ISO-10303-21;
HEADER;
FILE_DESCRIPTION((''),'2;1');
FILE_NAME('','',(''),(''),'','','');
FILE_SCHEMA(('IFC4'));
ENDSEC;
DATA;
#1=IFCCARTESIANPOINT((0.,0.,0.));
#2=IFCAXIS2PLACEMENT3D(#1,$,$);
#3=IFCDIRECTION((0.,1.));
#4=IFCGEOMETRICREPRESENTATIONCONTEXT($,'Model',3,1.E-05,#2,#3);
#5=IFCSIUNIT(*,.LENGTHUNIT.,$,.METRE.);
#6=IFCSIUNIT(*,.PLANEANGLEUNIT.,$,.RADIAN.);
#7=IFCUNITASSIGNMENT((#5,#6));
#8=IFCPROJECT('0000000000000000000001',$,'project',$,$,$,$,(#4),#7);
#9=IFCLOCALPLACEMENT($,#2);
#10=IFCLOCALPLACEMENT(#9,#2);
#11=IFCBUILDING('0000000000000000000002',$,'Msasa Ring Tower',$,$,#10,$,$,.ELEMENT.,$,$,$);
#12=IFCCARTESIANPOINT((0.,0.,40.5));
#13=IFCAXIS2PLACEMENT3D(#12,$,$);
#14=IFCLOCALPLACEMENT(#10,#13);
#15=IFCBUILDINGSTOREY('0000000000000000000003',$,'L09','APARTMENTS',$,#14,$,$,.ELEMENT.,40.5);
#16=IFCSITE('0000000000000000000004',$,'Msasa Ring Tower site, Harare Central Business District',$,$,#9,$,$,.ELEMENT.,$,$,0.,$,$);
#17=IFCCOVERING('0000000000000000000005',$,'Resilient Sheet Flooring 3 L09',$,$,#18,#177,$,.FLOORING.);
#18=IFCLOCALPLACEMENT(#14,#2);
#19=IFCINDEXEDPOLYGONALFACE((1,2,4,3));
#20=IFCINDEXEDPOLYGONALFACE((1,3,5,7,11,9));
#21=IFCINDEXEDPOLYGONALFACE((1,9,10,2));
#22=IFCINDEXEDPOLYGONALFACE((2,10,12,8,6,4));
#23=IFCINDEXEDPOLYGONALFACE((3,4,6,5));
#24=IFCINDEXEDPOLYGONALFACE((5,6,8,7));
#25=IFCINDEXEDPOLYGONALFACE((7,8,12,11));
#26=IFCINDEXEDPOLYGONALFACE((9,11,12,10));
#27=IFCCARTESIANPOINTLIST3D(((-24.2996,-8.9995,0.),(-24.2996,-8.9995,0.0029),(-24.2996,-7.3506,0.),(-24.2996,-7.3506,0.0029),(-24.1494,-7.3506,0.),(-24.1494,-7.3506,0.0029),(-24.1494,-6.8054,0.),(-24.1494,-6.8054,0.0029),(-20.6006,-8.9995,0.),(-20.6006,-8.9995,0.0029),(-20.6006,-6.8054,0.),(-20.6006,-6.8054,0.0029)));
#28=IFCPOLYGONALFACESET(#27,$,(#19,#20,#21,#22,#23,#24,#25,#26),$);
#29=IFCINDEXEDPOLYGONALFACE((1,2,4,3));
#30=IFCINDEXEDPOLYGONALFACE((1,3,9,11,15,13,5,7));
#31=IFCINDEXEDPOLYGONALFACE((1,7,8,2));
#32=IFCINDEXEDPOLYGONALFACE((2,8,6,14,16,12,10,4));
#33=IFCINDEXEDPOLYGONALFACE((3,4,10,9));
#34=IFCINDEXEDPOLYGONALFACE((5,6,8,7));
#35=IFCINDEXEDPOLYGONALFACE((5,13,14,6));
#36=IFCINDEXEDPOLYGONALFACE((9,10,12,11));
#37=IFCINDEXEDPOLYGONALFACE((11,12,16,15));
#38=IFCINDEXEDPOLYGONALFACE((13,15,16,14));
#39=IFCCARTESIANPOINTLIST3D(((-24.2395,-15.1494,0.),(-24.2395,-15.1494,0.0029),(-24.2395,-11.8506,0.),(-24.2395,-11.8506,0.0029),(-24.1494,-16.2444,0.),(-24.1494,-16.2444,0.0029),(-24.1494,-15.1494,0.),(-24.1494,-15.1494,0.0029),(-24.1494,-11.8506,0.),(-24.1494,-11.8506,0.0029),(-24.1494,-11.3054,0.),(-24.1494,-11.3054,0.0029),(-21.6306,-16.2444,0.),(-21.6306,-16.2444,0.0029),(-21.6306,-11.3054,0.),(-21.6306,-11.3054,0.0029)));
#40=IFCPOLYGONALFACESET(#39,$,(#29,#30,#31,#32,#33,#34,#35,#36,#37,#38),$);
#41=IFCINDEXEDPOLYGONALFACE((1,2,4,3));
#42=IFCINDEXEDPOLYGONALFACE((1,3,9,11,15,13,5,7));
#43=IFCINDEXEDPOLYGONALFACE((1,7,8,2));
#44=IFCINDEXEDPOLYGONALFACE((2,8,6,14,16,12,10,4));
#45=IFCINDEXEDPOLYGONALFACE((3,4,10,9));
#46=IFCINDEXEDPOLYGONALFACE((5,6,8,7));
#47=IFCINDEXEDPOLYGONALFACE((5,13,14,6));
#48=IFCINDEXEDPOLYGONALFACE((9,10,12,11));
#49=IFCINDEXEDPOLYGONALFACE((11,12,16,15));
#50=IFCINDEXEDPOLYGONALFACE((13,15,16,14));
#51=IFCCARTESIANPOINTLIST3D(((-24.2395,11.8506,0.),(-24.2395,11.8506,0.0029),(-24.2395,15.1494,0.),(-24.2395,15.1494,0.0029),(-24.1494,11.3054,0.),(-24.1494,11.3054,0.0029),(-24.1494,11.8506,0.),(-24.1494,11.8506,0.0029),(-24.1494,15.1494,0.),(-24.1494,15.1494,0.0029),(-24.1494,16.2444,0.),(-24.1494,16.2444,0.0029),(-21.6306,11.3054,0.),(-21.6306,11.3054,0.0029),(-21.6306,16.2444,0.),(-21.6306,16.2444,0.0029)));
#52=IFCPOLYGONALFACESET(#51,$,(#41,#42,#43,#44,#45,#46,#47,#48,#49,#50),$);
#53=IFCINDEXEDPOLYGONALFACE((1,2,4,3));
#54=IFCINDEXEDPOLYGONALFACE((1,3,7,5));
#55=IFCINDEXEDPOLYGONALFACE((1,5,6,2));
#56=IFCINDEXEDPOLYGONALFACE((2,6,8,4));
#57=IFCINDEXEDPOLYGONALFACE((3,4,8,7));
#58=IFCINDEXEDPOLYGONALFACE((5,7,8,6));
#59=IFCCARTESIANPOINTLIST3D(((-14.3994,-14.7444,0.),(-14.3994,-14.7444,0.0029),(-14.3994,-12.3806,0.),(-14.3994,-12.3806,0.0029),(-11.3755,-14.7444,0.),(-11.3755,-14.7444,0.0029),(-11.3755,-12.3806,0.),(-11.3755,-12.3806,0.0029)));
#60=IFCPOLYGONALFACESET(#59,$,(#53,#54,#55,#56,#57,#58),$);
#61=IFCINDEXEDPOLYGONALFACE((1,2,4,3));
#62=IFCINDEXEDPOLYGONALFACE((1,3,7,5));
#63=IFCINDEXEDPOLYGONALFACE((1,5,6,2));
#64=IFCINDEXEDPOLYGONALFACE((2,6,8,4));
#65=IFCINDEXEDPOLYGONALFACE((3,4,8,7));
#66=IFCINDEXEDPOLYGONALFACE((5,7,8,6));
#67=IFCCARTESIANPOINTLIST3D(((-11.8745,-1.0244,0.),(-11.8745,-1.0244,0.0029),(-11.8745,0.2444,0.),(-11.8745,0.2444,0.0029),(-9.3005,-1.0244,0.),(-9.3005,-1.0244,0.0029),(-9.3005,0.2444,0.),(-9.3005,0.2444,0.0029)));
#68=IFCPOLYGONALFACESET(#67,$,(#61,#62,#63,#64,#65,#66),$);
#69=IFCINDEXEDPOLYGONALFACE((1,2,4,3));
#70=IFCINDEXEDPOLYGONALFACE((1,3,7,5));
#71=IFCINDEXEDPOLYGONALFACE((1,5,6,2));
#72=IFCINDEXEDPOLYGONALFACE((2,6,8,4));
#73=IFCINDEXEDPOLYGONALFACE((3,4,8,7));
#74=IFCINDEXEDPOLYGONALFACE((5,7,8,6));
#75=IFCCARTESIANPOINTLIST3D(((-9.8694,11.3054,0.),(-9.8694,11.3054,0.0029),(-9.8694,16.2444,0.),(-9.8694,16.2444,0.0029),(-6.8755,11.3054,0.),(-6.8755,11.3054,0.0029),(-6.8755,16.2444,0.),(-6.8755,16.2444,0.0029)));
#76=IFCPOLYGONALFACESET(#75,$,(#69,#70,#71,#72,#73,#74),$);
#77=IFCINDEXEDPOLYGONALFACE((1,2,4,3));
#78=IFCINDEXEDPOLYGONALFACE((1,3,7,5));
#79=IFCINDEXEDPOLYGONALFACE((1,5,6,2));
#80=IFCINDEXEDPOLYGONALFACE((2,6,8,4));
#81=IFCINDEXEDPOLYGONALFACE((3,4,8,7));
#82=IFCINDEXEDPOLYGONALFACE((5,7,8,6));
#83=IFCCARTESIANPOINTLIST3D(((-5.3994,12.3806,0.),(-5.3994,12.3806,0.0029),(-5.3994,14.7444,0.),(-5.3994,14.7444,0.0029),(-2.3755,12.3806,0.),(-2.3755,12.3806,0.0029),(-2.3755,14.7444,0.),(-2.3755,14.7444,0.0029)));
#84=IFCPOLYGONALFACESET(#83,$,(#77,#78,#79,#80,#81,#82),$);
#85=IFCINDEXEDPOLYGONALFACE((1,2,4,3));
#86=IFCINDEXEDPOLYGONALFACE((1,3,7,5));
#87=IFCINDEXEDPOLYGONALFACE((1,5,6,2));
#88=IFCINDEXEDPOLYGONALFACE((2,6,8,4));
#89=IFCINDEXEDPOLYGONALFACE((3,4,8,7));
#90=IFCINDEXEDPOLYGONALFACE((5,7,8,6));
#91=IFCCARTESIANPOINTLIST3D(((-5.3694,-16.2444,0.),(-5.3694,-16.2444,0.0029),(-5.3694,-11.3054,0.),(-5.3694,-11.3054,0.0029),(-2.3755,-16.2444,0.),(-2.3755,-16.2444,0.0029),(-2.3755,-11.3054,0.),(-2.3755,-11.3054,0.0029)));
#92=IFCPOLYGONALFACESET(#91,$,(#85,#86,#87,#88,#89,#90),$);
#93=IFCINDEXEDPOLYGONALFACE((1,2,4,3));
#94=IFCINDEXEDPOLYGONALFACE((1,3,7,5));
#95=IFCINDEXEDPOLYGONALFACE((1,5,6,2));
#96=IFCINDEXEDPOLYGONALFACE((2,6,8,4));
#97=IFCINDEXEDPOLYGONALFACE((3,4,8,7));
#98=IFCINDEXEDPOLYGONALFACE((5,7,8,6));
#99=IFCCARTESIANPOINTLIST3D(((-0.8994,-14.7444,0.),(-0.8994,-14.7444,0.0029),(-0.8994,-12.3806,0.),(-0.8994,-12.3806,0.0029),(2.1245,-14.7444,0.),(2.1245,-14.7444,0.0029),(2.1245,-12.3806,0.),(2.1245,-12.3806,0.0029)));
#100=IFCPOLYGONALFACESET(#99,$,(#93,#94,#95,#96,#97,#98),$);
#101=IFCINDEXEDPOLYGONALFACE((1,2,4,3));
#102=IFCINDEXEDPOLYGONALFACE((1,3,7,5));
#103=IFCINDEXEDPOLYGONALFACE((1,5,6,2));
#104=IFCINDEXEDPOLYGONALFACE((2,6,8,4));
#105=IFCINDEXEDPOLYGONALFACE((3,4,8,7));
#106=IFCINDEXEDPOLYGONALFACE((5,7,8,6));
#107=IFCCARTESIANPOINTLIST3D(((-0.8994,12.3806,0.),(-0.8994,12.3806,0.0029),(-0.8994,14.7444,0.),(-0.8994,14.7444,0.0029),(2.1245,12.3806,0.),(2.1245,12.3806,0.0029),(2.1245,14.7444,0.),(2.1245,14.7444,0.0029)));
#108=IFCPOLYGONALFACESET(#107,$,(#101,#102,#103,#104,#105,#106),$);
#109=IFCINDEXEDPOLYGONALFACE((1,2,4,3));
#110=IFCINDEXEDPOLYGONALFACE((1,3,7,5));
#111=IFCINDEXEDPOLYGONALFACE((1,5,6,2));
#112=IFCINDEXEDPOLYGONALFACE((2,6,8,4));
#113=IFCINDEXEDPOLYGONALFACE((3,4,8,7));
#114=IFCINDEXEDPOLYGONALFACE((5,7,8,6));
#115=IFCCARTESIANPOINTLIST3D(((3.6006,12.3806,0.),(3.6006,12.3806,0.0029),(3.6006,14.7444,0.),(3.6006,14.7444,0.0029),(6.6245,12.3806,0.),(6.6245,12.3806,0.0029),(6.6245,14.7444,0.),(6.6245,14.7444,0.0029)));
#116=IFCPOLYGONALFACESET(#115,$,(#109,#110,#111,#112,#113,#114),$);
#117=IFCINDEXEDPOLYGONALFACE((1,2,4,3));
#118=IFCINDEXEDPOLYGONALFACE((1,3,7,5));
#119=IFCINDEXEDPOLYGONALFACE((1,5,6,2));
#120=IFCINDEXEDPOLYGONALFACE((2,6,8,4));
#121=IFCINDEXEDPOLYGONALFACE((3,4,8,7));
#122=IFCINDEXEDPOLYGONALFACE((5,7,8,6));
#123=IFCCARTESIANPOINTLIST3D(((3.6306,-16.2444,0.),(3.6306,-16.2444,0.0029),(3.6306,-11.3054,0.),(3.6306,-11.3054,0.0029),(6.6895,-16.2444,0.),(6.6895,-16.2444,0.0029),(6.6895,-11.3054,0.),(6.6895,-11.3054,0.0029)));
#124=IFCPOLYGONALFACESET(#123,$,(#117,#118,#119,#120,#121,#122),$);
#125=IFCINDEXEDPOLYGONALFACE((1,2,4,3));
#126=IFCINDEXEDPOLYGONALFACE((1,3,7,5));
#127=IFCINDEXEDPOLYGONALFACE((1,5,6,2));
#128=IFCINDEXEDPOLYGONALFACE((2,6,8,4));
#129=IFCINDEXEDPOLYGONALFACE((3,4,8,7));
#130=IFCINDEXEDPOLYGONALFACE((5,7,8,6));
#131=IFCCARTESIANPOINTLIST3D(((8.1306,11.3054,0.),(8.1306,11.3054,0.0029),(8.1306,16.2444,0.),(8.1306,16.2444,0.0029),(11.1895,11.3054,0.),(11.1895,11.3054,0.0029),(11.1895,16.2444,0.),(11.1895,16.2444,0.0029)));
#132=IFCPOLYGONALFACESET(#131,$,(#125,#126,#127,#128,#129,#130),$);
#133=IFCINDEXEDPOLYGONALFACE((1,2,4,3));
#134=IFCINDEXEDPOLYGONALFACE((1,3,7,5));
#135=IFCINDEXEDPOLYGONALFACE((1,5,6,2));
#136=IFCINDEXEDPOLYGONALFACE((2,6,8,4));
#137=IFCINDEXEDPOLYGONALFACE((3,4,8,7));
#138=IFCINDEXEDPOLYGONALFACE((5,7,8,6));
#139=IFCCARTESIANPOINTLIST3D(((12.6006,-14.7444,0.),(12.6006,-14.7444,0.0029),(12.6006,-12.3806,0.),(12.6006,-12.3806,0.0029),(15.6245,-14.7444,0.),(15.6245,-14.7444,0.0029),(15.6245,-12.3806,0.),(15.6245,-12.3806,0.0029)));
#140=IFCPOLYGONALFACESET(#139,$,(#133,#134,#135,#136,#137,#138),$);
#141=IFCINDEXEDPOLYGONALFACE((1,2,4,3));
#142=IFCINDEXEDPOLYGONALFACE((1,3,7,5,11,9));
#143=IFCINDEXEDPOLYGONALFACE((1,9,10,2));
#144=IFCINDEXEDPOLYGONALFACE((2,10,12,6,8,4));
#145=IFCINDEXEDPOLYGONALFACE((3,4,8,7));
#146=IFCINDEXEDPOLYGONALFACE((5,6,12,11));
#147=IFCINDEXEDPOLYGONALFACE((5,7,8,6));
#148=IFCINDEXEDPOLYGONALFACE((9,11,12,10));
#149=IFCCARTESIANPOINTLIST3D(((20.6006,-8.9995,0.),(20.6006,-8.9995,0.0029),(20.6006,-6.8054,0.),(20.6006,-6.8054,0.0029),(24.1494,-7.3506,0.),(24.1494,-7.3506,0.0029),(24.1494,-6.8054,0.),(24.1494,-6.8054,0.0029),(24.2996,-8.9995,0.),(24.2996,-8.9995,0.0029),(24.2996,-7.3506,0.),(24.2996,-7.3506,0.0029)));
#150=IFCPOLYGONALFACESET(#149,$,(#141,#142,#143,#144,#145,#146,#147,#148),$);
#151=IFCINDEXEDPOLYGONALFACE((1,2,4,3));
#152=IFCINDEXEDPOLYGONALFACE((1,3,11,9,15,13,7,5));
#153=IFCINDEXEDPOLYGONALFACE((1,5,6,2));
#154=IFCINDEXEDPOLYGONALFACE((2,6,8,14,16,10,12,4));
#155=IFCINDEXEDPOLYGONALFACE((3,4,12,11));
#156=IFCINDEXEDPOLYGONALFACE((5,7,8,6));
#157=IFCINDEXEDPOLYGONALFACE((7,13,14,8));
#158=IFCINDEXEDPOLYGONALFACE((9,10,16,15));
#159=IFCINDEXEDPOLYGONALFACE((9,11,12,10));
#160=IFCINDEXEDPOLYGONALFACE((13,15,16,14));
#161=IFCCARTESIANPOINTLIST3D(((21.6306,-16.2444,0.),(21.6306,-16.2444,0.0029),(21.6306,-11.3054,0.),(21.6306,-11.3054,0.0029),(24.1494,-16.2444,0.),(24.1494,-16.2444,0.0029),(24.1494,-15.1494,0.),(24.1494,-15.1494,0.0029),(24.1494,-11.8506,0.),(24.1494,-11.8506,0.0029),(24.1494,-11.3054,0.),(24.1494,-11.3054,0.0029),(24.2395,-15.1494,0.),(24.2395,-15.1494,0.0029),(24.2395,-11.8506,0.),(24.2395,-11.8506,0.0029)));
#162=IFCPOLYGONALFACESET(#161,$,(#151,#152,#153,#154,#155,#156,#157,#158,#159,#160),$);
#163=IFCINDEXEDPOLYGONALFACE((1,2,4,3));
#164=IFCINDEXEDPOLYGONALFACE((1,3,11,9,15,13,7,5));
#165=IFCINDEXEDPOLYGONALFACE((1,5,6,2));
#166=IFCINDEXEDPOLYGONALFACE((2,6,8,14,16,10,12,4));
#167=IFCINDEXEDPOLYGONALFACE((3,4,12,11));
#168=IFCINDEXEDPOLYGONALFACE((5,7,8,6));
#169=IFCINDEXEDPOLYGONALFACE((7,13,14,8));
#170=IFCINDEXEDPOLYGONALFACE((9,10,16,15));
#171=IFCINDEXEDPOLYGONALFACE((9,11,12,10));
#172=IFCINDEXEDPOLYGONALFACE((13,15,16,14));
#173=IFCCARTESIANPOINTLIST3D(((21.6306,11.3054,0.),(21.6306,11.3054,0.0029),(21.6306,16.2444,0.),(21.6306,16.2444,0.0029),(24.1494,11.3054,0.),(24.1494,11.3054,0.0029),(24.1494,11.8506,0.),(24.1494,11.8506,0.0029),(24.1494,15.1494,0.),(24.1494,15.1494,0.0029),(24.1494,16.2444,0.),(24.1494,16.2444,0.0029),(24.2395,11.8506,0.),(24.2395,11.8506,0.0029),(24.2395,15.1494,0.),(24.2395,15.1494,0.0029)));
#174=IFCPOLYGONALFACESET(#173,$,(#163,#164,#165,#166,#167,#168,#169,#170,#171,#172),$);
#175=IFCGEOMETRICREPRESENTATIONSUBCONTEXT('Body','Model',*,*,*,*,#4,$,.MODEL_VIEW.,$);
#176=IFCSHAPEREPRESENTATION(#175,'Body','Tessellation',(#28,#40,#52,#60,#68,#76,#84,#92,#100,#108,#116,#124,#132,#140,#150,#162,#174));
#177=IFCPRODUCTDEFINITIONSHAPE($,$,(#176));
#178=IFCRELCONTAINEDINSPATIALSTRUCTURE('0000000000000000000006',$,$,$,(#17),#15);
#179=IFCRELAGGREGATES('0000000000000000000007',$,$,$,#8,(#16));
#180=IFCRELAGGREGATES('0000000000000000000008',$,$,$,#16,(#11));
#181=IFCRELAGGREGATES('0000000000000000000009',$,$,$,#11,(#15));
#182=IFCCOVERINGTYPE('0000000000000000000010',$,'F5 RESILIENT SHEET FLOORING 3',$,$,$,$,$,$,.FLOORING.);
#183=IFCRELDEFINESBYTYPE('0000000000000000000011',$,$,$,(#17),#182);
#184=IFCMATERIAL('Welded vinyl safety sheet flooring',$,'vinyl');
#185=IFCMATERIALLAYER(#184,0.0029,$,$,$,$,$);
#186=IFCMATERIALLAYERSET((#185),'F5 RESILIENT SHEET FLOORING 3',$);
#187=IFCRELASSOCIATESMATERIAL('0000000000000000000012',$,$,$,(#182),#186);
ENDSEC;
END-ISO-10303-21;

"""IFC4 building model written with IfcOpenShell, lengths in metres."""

from ifc_helpers import new_model, si_unit, direction, frame, origin, place, context, subcontext, project, spatial, line, indexed_curve, outline, extrude, material, layer, layer_set, type_object, element, save


model = new_model("IFC4")

# Units and contexts
model_context = context("Model", 3, precision=1e-05, world=origin(), true_north=direction((0.0, 1.0)))
body_context = subcontext(model_context, "Body", "Model", "MODEL_VIEW")
ifc_project = project(units=[si_unit("LENGTHUNIT", "METRE"), si_unit("PLANEANGLEUNIT", "RADIAN")], contexts=[model_context])

# Site, building, storey
site_placement = place(None, origin())
site = spatial("IfcSite", under=ifc_project, at=site_placement, Name="Msasa Ring Tower site, Harare Central Business District", CompositionType="ELEMENT", RefElevation=0.0)
building_placement = place(site_placement, origin())
building = spatial("IfcBuilding", under=site, at=building_placement, Name="Msasa Ring Tower", CompositionType="ELEMENT")
storey_placement = place(building_placement, frame((0.0, 0.0, 40.5)))
storey = spatial("IfcBuildingStorey", under=building, at=storey_placement, Name="L09", Description="APARTMENTS", CompositionType="ELEMENT", Elevation=40.5)

# Covering
ifc_material_1 = material(Name="Welded vinyl safety sheet flooring", Category="vinyl")
ifc_layer_1 = layer(ifc_material_1, 0.0029)
ifc_layer_set_1 = layer_set([ifc_layer_1], Name="F5 RESILIENT SHEET FLOORING 3")
covering_type_1 = type_object("IfcCoveringType", Name="F5 RESILIENT SHEET FLOORING 3", PredefinedType="FLOORING", material=ifc_layer_set_1)
covering_1_placement = place(storey_placement, origin())
element("IfcCovering", 1, at=covering_1_placement, inside=storey, type_object=covering_type_1, Name="Resilient Sheet Flooring 3 L09", PredefinedType="FLOORING", context=body_context, shape_type="SweptSolid", body=[
    extrude(outline(indexed_curve([(-24.2996, -8.9995), (-24.2996, -7.3506), (-24.1494, -7.3506), (-24.1494, -6.8054), (-20.6006, -6.8054), (-20.6006, -8.9995)], segments=[line(1, 2, 3, 4, 5, 6, 1)], self_intersect=False)), origin(), (0.0, 0.0, 1.0), 0.0029),
    extrude(outline(indexed_curve([(-21.6306, -11.3054), (-21.6306, -16.2444), (-24.1494, -16.2444), (-24.1494, -15.1494), (-24.2395, -15.1494), (-24.2395, -11.8506), (-24.1494, -11.8506), (-24.1494, -11.3054)], segments=[line(1, 2, 3, 4, 5, 6, 7, 8, 1)], self_intersect=False)), origin(), (0.0, 0.0, 1.0), 0.0029),
    extrude(outline(indexed_curve([(-21.6306, 16.2444), (-21.6306, 11.3054), (-24.1494, 11.3054), (-24.1494, 11.8506), (-24.2395, 11.8506), (-24.2395, 15.1494), (-24.1494, 15.1494), (-24.1494, 16.2444)], segments=[line(1, 2, 3, 4, 5, 6, 7, 8, 1)], self_intersect=False)), origin(), (0.0, 0.0, 1.0), 0.0029),
    extrude(outline(indexed_curve([(-11.3755, -12.3806), (-11.3755, -14.7444), (-14.3994, -14.7444), (-14.3994, -12.3806)], segments=[line(1, 2, 3, 4, 1)], self_intersect=False)), origin(), (0.0, 0.0, 1.0), 0.0029),
    extrude(outline(indexed_curve([(-9.3005, 0.2444), (-9.3005, -1.0244), (-11.8745, -1.0244), (-11.8745, 0.2444)], segments=[line(1, 2, 3, 4, 1)], self_intersect=False)), origin(), (0.0, 0.0, 1.0), 0.0029),
    extrude(outline(indexed_curve([(-6.8755, 16.2444), (-6.8755, 11.3054), (-9.8694, 11.3054), (-9.8694, 16.2444)], segments=[line(1, 2, 3, 4, 1)], self_intersect=False)), origin(), (0.0, 0.0, 1.0), 0.0029),
    extrude(outline(indexed_curve([(-2.3755, 14.7444), (-2.3755, 12.3806), (-5.3994, 12.3806), (-5.3994, 14.7444)], segments=[line(1, 2, 3, 4, 1)], self_intersect=False)), origin(), (0.0, 0.0, 1.0), 0.0029),
    extrude(outline(indexed_curve([(-2.3755, -11.3054), (-2.3755, -16.2444), (-5.3694, -16.2444), (-5.3694, -11.3054)], segments=[line(1, 2, 3, 4, 1)], self_intersect=False)), origin(), (0.0, 0.0, 1.0), 0.0029),
    extrude(outline(indexed_curve([(2.1245, -12.3806), (2.1245, -14.7444), (-0.8994, -14.7444), (-0.8994, -12.3806)], segments=[line(1, 2, 3, 4, 1)], self_intersect=False)), origin(), (0.0, 0.0, 1.0), 0.0029),
    extrude(outline(indexed_curve([(2.1245, 14.7444), (2.1245, 12.3806), (-0.8994, 12.3806), (-0.8994, 14.7444)], segments=[line(1, 2, 3, 4, 1)], self_intersect=False)), origin(), (0.0, 0.0, 1.0), 0.0029),
    extrude(outline(indexed_curve([(6.6245, 14.7444), (6.6245, 12.3806), (3.6006, 12.3806), (3.6006, 14.7444)], segments=[line(1, 2, 3, 4, 1)], self_intersect=False)), origin(), (0.0, 0.0, 1.0), 0.0029),
    extrude(outline(indexed_curve([(6.6895, -11.3054), (6.6895, -16.2444), (3.6306, -16.2444), (3.6306, -11.3054)], segments=[line(1, 2, 3, 4, 1)], self_intersect=False)), origin(), (0.0, 0.0, 1.0), 0.0029),
    extrude(outline(indexed_curve([(11.1895, 11.3054), (8.1306, 11.3054), (8.1306, 16.2444), (11.1895, 16.2444)], segments=[line(1, 2, 3, 4, 1)], self_intersect=False)), origin(), (0.0, 0.0, 1.0), 0.0029),
    extrude(outline(indexed_curve([(15.6245, -12.3806), (15.6245, -14.7444), (12.6006, -14.7444), (12.6006, -12.3806)], segments=[line(1, 2, 3, 4, 1)], self_intersect=False)), origin(), (0.0, 0.0, 1.0), 0.0029),
    extrude(outline(indexed_curve([(20.6006, -6.8054), (24.1494, -6.8054), (24.1494, -7.3506), (24.2996, -7.3506), (24.2996, -8.9995), (20.6006, -8.9995)], segments=[line(1, 2, 3, 4, 5, 6, 1)], self_intersect=False)), origin(), (0.0, 0.0, 1.0), 0.0029),
    extrude(outline(indexed_curve([(24.1494, -11.3054), (24.1494, -11.8506), (24.2395, -11.8506), (24.2395, -15.1494), (24.1494, -15.1494), (24.1494, -16.2444), (21.6306, -16.2444), (21.6306, -11.3054)], segments=[line(1, 2, 3, 4, 5, 6, 7, 8, 1)], self_intersect=False)), origin(), (0.0, 0.0, 1.0), 0.0029),
    extrude(outline(indexed_curve([(24.2395, 11.8506), (24.1494, 11.8506), (24.1494, 11.3054), (21.6306, 11.3054), (21.6306, 16.2444), (24.1494, 16.2444), (24.1494, 15.1494), (24.2395, 15.1494)], segments=[line(1, 2, 3, 4, 5, 6, 7, 8, 1)], self_intersect=False)), origin(), (0.0, 0.0, 1.0), 0.0029),
])

save(model, "model.ifc")
